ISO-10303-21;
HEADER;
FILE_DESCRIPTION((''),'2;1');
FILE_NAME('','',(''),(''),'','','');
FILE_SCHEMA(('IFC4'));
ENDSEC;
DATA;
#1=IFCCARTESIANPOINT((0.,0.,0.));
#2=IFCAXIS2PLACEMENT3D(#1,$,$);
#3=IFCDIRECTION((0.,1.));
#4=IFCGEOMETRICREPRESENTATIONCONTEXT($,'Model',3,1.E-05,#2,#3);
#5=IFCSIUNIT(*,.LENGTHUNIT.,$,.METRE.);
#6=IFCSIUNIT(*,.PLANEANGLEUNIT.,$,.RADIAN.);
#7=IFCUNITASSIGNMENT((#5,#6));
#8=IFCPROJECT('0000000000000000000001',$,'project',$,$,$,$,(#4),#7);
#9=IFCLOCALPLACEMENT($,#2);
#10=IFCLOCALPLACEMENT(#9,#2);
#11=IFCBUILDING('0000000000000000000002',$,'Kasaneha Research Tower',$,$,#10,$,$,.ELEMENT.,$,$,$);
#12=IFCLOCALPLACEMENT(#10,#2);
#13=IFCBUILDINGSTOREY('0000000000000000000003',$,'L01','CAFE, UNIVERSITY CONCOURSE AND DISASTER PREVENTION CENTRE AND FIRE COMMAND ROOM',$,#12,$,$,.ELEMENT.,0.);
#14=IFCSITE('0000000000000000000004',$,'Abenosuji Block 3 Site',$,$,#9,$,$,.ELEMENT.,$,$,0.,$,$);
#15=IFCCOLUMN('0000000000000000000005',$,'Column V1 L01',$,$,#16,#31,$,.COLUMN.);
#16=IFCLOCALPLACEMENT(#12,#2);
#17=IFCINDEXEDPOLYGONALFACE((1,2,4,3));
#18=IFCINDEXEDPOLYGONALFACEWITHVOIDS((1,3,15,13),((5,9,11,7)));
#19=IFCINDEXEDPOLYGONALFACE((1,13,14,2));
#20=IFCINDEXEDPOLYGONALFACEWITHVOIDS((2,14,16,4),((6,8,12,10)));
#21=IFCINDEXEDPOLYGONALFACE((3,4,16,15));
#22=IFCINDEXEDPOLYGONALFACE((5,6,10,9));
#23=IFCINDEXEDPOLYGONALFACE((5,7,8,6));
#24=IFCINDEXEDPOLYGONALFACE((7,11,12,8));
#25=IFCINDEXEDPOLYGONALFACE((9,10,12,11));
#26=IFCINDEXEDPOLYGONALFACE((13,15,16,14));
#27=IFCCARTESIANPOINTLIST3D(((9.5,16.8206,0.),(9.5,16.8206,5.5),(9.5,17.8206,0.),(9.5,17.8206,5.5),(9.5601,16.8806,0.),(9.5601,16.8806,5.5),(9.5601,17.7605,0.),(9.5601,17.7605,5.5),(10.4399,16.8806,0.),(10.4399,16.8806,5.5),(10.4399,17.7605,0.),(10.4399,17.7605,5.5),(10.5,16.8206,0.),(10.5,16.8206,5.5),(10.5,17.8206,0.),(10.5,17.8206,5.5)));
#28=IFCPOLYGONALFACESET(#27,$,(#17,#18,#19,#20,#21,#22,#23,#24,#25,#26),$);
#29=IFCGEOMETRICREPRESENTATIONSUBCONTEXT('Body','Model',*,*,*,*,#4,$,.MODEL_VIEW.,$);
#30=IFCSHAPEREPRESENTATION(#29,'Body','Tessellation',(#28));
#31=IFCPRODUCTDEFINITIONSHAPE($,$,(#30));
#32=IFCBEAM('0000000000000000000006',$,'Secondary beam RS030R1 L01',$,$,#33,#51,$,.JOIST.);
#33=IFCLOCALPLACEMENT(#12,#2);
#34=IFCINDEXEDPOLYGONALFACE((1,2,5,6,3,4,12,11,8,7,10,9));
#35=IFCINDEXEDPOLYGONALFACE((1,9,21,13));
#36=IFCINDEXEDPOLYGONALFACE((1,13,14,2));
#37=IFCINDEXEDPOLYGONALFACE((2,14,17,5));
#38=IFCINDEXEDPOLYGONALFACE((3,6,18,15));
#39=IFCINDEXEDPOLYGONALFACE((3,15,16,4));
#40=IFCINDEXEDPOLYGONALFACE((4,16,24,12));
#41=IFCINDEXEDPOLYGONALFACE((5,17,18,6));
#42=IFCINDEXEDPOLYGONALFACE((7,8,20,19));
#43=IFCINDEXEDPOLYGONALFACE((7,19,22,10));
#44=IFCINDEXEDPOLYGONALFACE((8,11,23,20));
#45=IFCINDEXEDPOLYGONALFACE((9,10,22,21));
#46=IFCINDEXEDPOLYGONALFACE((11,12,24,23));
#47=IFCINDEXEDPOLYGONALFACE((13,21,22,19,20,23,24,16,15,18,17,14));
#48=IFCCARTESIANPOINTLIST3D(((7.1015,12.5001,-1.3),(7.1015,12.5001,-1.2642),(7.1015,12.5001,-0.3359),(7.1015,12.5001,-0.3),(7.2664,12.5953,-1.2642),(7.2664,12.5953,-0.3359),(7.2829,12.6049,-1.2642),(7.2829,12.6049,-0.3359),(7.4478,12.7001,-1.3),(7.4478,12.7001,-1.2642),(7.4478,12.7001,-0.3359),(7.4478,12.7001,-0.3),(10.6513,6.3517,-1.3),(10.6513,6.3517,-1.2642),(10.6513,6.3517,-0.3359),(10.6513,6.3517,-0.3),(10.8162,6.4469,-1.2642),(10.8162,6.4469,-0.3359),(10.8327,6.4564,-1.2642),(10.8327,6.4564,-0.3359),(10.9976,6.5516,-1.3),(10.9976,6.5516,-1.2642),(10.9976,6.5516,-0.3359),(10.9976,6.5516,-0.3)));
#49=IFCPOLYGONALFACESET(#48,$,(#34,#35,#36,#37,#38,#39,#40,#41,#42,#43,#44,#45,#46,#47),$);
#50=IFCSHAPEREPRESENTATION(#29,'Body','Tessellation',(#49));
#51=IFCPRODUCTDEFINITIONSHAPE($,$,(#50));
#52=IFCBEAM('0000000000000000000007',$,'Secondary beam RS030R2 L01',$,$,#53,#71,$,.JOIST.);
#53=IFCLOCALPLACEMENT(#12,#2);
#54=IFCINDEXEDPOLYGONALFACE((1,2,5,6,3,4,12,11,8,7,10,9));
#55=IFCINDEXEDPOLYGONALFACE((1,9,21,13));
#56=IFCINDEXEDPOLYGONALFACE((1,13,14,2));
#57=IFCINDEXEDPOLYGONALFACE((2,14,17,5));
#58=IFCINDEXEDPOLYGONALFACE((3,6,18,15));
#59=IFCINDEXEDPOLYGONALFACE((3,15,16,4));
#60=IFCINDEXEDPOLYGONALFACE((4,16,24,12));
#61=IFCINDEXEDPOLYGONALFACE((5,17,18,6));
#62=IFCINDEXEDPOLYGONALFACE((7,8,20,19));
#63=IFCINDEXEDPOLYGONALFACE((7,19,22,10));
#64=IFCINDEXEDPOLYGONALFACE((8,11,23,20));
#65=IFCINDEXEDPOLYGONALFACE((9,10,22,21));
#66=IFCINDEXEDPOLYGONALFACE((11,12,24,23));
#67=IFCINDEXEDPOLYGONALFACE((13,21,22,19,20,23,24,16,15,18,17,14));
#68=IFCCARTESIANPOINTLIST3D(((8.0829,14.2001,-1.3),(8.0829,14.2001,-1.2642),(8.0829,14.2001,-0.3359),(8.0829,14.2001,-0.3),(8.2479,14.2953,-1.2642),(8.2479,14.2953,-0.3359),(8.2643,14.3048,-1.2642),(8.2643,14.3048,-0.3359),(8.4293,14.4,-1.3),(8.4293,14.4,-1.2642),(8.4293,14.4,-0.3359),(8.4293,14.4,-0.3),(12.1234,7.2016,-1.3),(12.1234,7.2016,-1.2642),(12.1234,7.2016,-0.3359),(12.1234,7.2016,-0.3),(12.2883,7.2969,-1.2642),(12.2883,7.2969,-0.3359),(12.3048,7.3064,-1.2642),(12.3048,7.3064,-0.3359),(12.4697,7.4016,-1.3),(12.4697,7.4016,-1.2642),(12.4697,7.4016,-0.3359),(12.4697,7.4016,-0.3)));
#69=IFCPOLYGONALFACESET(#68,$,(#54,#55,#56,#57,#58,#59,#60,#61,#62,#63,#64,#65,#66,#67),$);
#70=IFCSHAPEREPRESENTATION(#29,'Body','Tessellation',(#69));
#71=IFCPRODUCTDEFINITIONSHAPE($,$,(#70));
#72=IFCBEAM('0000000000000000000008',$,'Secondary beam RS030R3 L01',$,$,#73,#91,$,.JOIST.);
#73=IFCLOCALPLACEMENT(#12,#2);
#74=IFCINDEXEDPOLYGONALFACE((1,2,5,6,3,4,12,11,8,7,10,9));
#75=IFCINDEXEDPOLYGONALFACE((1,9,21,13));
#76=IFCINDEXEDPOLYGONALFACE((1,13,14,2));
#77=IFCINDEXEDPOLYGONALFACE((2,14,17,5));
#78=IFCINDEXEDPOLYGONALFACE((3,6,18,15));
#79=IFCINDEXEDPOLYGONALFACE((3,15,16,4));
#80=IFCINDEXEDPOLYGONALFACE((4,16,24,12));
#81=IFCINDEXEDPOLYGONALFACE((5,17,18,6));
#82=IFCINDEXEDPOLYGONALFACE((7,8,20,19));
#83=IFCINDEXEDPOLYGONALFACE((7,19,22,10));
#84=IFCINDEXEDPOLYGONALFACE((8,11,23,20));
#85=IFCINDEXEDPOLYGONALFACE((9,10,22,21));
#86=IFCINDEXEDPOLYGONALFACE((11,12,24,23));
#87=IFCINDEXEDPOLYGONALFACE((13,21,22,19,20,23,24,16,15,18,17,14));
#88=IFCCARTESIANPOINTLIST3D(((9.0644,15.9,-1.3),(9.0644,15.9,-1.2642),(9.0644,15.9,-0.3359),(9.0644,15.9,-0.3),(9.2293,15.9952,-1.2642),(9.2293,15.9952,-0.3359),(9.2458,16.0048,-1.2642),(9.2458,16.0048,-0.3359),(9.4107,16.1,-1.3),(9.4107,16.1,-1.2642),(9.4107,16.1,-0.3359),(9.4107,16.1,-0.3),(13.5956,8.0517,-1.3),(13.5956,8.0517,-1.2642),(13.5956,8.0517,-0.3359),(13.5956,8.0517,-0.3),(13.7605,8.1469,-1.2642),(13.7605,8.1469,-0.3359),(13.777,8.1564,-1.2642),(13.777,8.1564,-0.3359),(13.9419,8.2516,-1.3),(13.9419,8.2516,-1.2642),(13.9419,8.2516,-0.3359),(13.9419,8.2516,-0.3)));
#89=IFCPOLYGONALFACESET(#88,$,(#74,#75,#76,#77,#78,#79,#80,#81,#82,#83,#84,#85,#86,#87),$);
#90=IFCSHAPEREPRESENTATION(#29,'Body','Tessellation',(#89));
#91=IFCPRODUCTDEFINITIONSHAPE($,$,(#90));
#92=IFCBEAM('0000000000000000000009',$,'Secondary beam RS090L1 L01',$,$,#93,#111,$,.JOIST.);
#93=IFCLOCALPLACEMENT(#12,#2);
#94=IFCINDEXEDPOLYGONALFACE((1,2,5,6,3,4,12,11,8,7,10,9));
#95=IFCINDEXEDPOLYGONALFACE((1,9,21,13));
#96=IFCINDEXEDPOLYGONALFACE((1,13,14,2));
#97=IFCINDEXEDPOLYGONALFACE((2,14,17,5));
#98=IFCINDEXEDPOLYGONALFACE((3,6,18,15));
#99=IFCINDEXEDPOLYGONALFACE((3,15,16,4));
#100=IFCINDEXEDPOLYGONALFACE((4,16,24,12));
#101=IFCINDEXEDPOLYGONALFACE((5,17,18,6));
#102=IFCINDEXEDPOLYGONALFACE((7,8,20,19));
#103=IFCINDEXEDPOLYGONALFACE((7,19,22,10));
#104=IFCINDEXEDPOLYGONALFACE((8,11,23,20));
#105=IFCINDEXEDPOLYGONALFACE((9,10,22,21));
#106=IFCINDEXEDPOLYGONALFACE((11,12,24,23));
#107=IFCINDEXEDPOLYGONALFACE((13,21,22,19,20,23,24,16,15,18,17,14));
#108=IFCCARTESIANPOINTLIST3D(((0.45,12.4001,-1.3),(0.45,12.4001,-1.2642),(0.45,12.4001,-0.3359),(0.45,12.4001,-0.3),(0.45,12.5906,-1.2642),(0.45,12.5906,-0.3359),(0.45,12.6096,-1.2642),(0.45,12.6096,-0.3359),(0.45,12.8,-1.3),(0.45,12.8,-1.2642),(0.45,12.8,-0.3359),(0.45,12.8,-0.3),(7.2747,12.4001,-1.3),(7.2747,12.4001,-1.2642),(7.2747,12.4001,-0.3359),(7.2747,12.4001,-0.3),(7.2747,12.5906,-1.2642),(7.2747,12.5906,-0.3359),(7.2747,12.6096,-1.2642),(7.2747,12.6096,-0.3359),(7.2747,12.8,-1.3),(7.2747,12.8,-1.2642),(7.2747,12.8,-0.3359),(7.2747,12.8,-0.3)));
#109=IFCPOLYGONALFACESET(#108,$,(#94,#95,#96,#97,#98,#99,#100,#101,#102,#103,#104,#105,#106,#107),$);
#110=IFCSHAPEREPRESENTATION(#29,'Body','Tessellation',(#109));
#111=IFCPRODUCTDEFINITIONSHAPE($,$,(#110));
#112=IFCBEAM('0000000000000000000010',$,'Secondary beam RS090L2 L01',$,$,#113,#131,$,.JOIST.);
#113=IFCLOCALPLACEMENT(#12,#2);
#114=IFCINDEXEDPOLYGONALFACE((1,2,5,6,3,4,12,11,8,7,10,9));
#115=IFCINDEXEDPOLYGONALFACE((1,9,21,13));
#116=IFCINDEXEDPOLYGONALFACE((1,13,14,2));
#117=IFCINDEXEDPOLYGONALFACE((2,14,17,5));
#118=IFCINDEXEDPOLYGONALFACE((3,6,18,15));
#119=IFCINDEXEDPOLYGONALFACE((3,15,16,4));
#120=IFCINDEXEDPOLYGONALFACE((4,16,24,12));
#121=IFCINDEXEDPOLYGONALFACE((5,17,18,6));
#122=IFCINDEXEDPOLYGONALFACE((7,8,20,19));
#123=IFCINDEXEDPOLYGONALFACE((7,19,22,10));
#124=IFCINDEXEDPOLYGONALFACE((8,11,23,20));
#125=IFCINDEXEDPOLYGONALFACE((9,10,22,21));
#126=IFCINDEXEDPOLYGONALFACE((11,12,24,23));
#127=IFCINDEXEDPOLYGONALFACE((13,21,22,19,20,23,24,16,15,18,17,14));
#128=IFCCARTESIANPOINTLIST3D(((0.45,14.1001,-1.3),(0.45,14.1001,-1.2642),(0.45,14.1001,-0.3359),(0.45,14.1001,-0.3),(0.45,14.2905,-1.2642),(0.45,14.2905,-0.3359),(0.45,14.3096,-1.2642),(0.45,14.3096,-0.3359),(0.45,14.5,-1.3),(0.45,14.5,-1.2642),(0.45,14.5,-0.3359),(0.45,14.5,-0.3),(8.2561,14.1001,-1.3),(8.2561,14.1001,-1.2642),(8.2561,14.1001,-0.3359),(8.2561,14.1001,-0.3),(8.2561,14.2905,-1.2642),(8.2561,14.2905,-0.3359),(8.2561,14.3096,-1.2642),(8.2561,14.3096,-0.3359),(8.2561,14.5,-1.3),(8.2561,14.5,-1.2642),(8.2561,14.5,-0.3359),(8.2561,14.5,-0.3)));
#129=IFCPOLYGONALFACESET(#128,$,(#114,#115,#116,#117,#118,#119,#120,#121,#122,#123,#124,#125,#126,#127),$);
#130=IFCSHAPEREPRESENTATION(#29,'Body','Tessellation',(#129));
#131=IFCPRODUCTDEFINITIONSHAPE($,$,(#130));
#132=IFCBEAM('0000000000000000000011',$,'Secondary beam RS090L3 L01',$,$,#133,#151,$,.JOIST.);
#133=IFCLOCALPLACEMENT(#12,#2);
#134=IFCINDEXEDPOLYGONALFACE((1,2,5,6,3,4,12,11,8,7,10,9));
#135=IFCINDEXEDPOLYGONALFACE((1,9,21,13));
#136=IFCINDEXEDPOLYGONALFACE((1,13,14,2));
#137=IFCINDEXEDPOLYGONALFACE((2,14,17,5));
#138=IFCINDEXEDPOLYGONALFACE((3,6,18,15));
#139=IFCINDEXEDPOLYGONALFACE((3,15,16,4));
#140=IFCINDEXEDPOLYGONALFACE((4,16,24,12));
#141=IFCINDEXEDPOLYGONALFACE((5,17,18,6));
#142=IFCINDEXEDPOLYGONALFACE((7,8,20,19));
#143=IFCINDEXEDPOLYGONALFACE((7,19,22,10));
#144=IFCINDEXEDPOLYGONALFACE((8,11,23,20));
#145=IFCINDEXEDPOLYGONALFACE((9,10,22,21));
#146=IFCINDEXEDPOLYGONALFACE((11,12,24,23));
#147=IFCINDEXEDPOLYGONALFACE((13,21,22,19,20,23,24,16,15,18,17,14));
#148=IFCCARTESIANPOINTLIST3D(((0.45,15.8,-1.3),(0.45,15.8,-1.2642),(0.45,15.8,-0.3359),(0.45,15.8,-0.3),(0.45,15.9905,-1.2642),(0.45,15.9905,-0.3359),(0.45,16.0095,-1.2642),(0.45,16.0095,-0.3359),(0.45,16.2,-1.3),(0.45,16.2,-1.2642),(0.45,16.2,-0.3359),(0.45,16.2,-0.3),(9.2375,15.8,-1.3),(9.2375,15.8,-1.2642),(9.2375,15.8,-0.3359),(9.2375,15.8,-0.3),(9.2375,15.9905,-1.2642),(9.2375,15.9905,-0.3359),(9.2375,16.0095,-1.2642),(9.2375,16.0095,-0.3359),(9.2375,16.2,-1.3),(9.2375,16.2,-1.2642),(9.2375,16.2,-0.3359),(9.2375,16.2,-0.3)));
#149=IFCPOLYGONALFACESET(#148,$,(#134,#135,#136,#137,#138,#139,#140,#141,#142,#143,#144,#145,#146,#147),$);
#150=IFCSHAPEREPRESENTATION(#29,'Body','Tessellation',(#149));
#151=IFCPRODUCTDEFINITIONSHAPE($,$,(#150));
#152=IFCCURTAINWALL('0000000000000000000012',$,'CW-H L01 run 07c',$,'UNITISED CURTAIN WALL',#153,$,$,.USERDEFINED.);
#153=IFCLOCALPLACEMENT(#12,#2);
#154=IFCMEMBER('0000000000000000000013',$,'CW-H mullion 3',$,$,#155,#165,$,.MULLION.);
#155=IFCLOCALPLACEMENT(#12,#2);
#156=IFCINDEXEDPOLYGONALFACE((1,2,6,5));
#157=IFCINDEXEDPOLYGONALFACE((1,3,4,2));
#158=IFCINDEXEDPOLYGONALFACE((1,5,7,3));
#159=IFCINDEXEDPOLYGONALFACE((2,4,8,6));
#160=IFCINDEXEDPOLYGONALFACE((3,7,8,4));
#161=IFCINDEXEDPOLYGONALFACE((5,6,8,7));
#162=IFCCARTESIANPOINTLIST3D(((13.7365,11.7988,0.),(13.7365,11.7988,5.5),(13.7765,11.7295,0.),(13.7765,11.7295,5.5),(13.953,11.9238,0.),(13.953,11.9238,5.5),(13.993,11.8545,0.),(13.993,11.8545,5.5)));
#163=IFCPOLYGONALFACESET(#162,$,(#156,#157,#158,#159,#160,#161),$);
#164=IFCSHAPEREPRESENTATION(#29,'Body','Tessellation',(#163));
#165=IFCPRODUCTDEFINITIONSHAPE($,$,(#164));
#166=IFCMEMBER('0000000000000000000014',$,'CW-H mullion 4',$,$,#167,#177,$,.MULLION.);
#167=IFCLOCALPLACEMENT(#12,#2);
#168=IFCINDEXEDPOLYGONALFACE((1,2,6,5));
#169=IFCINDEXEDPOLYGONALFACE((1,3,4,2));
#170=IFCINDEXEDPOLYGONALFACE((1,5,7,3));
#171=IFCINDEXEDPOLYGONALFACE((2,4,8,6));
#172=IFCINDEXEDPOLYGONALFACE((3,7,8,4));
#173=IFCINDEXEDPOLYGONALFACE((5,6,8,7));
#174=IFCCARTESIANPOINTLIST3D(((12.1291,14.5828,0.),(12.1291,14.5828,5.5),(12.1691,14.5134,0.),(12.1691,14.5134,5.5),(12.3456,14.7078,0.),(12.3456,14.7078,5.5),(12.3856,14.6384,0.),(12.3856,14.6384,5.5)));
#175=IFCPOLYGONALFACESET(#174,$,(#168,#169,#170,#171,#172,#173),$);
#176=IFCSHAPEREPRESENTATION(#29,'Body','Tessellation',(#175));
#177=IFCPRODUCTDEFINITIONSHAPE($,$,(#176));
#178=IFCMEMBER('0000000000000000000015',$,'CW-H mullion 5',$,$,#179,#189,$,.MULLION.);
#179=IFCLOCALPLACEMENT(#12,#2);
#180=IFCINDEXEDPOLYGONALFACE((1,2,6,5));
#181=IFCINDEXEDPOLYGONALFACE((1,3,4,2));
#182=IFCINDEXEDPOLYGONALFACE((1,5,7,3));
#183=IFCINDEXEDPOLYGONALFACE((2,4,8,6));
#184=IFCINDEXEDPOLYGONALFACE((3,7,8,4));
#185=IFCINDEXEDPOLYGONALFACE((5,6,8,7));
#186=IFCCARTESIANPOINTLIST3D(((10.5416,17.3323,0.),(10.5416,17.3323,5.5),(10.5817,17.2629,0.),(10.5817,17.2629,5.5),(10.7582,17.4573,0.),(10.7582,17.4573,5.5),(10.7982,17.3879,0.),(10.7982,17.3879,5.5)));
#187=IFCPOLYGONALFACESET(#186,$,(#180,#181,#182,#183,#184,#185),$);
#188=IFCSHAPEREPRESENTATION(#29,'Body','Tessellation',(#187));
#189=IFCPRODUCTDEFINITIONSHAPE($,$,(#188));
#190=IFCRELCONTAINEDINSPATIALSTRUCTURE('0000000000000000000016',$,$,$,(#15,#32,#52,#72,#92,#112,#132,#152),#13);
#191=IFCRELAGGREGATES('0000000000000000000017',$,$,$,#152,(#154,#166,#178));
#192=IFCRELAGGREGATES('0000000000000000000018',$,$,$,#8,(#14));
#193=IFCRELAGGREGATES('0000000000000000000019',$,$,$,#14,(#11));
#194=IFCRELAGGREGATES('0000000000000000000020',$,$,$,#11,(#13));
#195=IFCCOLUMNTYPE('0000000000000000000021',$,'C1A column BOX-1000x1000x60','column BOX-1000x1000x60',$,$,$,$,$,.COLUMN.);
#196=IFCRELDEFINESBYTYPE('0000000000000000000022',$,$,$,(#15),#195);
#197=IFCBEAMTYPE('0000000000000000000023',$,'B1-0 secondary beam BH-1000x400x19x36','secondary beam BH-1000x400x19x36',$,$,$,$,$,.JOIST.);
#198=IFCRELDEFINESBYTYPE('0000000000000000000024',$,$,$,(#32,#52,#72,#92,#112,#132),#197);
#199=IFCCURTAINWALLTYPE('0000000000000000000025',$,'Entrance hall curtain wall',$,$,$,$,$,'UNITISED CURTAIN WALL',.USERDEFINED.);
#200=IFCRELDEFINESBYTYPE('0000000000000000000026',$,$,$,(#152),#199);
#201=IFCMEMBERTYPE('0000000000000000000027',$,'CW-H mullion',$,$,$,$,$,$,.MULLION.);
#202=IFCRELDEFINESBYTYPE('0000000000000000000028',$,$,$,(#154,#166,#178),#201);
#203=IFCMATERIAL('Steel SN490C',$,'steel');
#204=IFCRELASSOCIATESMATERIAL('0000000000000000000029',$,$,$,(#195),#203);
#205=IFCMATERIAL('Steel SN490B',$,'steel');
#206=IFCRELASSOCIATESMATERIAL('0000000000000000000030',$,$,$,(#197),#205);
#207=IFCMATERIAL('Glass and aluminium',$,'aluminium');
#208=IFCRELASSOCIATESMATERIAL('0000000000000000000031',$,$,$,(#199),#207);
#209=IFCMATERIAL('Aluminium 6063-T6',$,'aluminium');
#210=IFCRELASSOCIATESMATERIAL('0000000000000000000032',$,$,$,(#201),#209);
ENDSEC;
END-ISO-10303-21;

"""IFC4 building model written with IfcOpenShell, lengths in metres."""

from ifc_helpers import new_model, si_unit, direction, frame, origin, origin_2d, place, context, subcontext, project, spatial, rectangle, hollow_rectangle, i_section, extrude, material, material_profile, profile_set, type_object, element, aggregate, save


model = new_model("IFC4")

# Units and contexts
model_context = context("Model", 3, precision=1e-05, world=origin(), true_north=direction((0.0, 1.0)))
body_context = subcontext(model_context, "Body", "Model", "MODEL_VIEW")
ifc_project = project(units=[si_unit("LENGTHUNIT", "METRE"), si_unit("PLANEANGLEUNIT", "RADIAN")], contexts=[model_context])

# Site, building, storey
site_placement = place(None, origin())
site = spatial("IfcSite", under=ifc_project, at=site_placement, Name="Abenosuji Block 3 Site", CompositionType="ELEMENT", RefElevation=0.0)
building_placement = place(site_placement, origin())
building = spatial("IfcBuilding", under=site, at=building_placement, Name="Kasaneha Research Tower", CompositionType="ELEMENT")
storey_placement = place(building_placement, origin())
storey = spatial("IfcBuildingStorey", under=building, at=storey_placement, Name="L01", Description="CAFE, UNIVERSITY CONCOURSE AND DISASTER PREVENTION CENTRE AND FIRE COMMAND ROOM", CompositionType="ELEMENT", Elevation=0.0)

# Column
ifc_material_1 = material(Name="Steel SN490C", Category="steel")
ifc_material_profile_1 = material_profile(ifc_material_1, hollow_rectangle(XDim=1.0, YDim=1.0, WallThickness=0.0601, at=origin_2d()), Name="BOX-1000x1000x60")
ifc_profile_set_1 = profile_set([ifc_material_profile_1], Name="Steel SN490C")
column_type = type_object("IfcColumnType", Name="C1A column BOX-1000x1000x60", Description="column BOX-1000x1000x60", PredefinedType="COLUMN", material=ifc_profile_set_1)
column_placement = place(storey_placement, frame((10.0, 17.3206, 0.0), z_axis=(0.0, 0.0, 1.0), x_axis=(1.0, 0.0, 0.0)))
element("IfcColumn", 1, at=column_placement, inside=storey, type_object=column_type, Name="Column V1 L01", PredefinedType="COLUMN", context=body_context, shape_type="SweptSolid", body=[
    extrude(hollow_rectangle(XDim=1.0, YDim=1.0, WallThickness=0.0601, at=origin_2d()), origin(), (0.0, 0.0, 1.0), 5.5),
])

# Beams
ifc_material_2 = material(Name="Steel SN490B", Category="steel")
ifc_material_profile_2 = material_profile(ifc_material_2, i_section(OverallWidth=0.3999, OverallDepth=1.0, WebThickness=0.019, FlangeThickness=0.0359, at=origin_2d()), Name="BH-1000x400x19x36")
ifc_profile_set_2 = profile_set([ifc_material_profile_2], Name="Steel SN490B")
beam_type_1 = type_object("IfcBeamType", Name="B1-0 secondary beam BH-1000x400x19x36", Description="secondary beam BH-1000x400x19x36", PredefinedType="JOIST", material=ifc_profile_set_2)
beam_1_placement = place(storey_placement, frame((7.2747, 12.6001, -0.8), z_axis=(0.5, -0.866025, 0.0), x_axis=(0.866025, 0.5, 0.0)))
element("IfcBeam", 2, at=beam_1_placement, inside=storey, type_object=beam_type_1, Name="Secondary beam RS030R1 L01", PredefinedType="JOIST", context=body_context, shape_type="SweptSolid", body=[
    extrude(i_section(OverallWidth=0.3999, OverallDepth=1.0, WebThickness=0.019, FlangeThickness=0.0359, at=origin_2d()), origin(), (0.0, 0.0, 1.0), 7.0996),
])
beam_2_placement = place(storey_placement, frame((8.2561, 14.3, -0.8), z_axis=(0.499993, -0.86603, 0.0), x_axis=(0.86603, 0.499993, 0.0)))
element("IfcBeam", 3, at=beam_2_placement, inside=storey, type_object=beam_type_1, Name="Secondary beam RS030R2 L01", PredefinedType="JOIST", context=body_context, shape_type="SweptSolid", body=[
    extrude(i_section(OverallWidth=0.3999, OverallDepth=1.0, WebThickness=0.019, FlangeThickness=0.0359, at=origin_2d()), origin(), (0.0, 0.0, 1.0), 8.0811),
])
beam_3_placement = place(storey_placement, frame((9.2375, 16.0, -0.8), z_axis=(0.499998, -0.866026, 0.0), x_axis=(0.866026, 0.499998, 0.0)))
element("IfcBeam", 4, at=beam_3_placement, inside=storey, type_object=beam_type_1, Name="Secondary beam RS030R3 L01", PredefinedType="JOIST", context=body_context, shape_type="SweptSolid", body=[
    extrude(i_section(OverallWidth=0.3999, OverallDepth=1.0, WebThickness=0.019, FlangeThickness=0.0359, at=origin_2d()), origin(), (0.0, 0.0, 1.0), 9.0625),
])
beam_4_placement = place(storey_placement, frame((7.2747, 12.6001, -0.8), z_axis=(-1.0, 0.0, 0.0), x_axis=(0.0, -1.0, 0.0)))
element("IfcBeam", 5, at=beam_4_placement, inside=storey, type_object=beam_type_1, Name="Secondary beam RS090L1 L01", PredefinedType="JOIST", context=body_context, shape_type="SweptSolid", body=[
    extrude(i_section(OverallWidth=0.3999, OverallDepth=1.0, WebThickness=0.019, FlangeThickness=0.0359, at=origin_2d()), origin(), (0.0, 0.0, 1.0), 6.8247),
])
beam_5_placement = place(storey_placement, frame((8.2561, 14.3, -0.8), z_axis=(-1.0, 0.0, 0.0), x_axis=(0.0, -1.0, 0.0)))
element("IfcBeam", 6, at=beam_5_placement, inside=storey, type_object=beam_type_1, Name="Secondary beam RS090L2 L01", PredefinedType="JOIST", context=body_context, shape_type="SweptSolid", body=[
    extrude(i_section(OverallWidth=0.3999, OverallDepth=1.0, WebThickness=0.019, FlangeThickness=0.0359, at=origin_2d()), origin(), (0.0, 0.0, 1.0), 7.8062),
])
beam_6_placement = place(storey_placement, frame((9.2375, 16.0, -0.8), z_axis=(-1.0, 0.0, 0.0), x_axis=(0.0, -1.0, 0.0)))
element("IfcBeam", 7, at=beam_6_placement, inside=storey, type_object=beam_type_1, Name="Secondary beam RS090L3 L01", PredefinedType="JOIST", context=body_context, shape_type="SweptSolid", body=[
    extrude(i_section(OverallWidth=0.3999, OverallDepth=1.0, WebThickness=0.019, FlangeThickness=0.0359, at=origin_2d()), origin(), (0.0, 0.0, 1.0), 8.7876),
])

# Curtain wall, members
ifc_material_3 = material(Name="Glass and aluminium", Category="aluminium")
curtain_wall_type = type_object("IfcCurtainWallType", Name="Entrance hall curtain wall", ElementType="UNITISED CURTAIN WALL", PredefinedType="USERDEFINED", material=ifc_material_3)
curtain_wall_1_placement = place(storey_placement, origin())
curtain_wall_1 = element("IfcCurtainWall", 8, at=curtain_wall_1_placement, inside=storey, type_object=curtain_wall_type, Name="CW-H L01 run 07c", ObjectType="UNITISED CURTAIN WALL", PredefinedType="USERDEFINED")
ifc_material_4 = material(Name="Aluminium 6063-T6", Category="aluminium")
ifc_material_profile_3 = material_profile(ifc_material_4, rectangle(XDim=0.0801, YDim=0.25, at=origin_2d()), Name="CW-H mullion 80x250")
ifc_profile_set_3 = profile_set([ifc_material_profile_3], Name="Aluminium 6063-T6")
member_type_1 = type_object("IfcMemberType", Name="CW-H mullion", PredefinedType="MULLION", material=ifc_profile_set_3)
member_1_placement = place(storey_placement, frame((13.8647, 11.8267, 0.0), z_axis=(0.0, 0.0, 1.0), x_axis=(-0.5, 0.866025, 0.0)))
member_1 = element("IfcMember", 9, at=member_1_placement, type_object=member_type_1, Name="CW-H mullion 3", PredefinedType="MULLION", context=body_context, shape_type="SweptSolid", body=[
    extrude(rectangle(XDim=0.0801, YDim=0.25, at=origin_2d()), origin(), (0.0, 0.0, 1.0), 5.5),
])
member_2_placement = place(storey_placement, frame((12.2573, 14.6106, 0.0), z_axis=(0.0, 0.0, 1.0), x_axis=(-0.5, 0.866025, 0.0)))
member_2 = element("IfcMember", 10, at=member_2_placement, type_object=member_type_1, Name="CW-H mullion 4", PredefinedType="MULLION", context=body_context, shape_type="SweptSolid", body=[
    extrude(rectangle(XDim=0.0801, YDim=0.25, at=origin_2d()), origin(), (0.0, 0.0, 1.0), 5.5),
])
member_3_placement = place(storey_placement, frame((10.6699, 17.3601, 0.0), z_axis=(0.0, 0.0, 1.0), x_axis=(-0.5, 0.866025, 0.0)))
member_3 = element("IfcMember", 11, at=member_3_placement, type_object=member_type_1, Name="CW-H mullion 5", PredefinedType="MULLION", context=body_context, shape_type="SweptSolid", body=[
    extrude(rectangle(XDim=0.0801, YDim=0.25, at=origin_2d()), origin(), (0.0, 0.0, 1.0), 5.5),
])

aggregate(curtain_wall_1, [member_1, member_2, member_3])

save(model, "model.ifc")
